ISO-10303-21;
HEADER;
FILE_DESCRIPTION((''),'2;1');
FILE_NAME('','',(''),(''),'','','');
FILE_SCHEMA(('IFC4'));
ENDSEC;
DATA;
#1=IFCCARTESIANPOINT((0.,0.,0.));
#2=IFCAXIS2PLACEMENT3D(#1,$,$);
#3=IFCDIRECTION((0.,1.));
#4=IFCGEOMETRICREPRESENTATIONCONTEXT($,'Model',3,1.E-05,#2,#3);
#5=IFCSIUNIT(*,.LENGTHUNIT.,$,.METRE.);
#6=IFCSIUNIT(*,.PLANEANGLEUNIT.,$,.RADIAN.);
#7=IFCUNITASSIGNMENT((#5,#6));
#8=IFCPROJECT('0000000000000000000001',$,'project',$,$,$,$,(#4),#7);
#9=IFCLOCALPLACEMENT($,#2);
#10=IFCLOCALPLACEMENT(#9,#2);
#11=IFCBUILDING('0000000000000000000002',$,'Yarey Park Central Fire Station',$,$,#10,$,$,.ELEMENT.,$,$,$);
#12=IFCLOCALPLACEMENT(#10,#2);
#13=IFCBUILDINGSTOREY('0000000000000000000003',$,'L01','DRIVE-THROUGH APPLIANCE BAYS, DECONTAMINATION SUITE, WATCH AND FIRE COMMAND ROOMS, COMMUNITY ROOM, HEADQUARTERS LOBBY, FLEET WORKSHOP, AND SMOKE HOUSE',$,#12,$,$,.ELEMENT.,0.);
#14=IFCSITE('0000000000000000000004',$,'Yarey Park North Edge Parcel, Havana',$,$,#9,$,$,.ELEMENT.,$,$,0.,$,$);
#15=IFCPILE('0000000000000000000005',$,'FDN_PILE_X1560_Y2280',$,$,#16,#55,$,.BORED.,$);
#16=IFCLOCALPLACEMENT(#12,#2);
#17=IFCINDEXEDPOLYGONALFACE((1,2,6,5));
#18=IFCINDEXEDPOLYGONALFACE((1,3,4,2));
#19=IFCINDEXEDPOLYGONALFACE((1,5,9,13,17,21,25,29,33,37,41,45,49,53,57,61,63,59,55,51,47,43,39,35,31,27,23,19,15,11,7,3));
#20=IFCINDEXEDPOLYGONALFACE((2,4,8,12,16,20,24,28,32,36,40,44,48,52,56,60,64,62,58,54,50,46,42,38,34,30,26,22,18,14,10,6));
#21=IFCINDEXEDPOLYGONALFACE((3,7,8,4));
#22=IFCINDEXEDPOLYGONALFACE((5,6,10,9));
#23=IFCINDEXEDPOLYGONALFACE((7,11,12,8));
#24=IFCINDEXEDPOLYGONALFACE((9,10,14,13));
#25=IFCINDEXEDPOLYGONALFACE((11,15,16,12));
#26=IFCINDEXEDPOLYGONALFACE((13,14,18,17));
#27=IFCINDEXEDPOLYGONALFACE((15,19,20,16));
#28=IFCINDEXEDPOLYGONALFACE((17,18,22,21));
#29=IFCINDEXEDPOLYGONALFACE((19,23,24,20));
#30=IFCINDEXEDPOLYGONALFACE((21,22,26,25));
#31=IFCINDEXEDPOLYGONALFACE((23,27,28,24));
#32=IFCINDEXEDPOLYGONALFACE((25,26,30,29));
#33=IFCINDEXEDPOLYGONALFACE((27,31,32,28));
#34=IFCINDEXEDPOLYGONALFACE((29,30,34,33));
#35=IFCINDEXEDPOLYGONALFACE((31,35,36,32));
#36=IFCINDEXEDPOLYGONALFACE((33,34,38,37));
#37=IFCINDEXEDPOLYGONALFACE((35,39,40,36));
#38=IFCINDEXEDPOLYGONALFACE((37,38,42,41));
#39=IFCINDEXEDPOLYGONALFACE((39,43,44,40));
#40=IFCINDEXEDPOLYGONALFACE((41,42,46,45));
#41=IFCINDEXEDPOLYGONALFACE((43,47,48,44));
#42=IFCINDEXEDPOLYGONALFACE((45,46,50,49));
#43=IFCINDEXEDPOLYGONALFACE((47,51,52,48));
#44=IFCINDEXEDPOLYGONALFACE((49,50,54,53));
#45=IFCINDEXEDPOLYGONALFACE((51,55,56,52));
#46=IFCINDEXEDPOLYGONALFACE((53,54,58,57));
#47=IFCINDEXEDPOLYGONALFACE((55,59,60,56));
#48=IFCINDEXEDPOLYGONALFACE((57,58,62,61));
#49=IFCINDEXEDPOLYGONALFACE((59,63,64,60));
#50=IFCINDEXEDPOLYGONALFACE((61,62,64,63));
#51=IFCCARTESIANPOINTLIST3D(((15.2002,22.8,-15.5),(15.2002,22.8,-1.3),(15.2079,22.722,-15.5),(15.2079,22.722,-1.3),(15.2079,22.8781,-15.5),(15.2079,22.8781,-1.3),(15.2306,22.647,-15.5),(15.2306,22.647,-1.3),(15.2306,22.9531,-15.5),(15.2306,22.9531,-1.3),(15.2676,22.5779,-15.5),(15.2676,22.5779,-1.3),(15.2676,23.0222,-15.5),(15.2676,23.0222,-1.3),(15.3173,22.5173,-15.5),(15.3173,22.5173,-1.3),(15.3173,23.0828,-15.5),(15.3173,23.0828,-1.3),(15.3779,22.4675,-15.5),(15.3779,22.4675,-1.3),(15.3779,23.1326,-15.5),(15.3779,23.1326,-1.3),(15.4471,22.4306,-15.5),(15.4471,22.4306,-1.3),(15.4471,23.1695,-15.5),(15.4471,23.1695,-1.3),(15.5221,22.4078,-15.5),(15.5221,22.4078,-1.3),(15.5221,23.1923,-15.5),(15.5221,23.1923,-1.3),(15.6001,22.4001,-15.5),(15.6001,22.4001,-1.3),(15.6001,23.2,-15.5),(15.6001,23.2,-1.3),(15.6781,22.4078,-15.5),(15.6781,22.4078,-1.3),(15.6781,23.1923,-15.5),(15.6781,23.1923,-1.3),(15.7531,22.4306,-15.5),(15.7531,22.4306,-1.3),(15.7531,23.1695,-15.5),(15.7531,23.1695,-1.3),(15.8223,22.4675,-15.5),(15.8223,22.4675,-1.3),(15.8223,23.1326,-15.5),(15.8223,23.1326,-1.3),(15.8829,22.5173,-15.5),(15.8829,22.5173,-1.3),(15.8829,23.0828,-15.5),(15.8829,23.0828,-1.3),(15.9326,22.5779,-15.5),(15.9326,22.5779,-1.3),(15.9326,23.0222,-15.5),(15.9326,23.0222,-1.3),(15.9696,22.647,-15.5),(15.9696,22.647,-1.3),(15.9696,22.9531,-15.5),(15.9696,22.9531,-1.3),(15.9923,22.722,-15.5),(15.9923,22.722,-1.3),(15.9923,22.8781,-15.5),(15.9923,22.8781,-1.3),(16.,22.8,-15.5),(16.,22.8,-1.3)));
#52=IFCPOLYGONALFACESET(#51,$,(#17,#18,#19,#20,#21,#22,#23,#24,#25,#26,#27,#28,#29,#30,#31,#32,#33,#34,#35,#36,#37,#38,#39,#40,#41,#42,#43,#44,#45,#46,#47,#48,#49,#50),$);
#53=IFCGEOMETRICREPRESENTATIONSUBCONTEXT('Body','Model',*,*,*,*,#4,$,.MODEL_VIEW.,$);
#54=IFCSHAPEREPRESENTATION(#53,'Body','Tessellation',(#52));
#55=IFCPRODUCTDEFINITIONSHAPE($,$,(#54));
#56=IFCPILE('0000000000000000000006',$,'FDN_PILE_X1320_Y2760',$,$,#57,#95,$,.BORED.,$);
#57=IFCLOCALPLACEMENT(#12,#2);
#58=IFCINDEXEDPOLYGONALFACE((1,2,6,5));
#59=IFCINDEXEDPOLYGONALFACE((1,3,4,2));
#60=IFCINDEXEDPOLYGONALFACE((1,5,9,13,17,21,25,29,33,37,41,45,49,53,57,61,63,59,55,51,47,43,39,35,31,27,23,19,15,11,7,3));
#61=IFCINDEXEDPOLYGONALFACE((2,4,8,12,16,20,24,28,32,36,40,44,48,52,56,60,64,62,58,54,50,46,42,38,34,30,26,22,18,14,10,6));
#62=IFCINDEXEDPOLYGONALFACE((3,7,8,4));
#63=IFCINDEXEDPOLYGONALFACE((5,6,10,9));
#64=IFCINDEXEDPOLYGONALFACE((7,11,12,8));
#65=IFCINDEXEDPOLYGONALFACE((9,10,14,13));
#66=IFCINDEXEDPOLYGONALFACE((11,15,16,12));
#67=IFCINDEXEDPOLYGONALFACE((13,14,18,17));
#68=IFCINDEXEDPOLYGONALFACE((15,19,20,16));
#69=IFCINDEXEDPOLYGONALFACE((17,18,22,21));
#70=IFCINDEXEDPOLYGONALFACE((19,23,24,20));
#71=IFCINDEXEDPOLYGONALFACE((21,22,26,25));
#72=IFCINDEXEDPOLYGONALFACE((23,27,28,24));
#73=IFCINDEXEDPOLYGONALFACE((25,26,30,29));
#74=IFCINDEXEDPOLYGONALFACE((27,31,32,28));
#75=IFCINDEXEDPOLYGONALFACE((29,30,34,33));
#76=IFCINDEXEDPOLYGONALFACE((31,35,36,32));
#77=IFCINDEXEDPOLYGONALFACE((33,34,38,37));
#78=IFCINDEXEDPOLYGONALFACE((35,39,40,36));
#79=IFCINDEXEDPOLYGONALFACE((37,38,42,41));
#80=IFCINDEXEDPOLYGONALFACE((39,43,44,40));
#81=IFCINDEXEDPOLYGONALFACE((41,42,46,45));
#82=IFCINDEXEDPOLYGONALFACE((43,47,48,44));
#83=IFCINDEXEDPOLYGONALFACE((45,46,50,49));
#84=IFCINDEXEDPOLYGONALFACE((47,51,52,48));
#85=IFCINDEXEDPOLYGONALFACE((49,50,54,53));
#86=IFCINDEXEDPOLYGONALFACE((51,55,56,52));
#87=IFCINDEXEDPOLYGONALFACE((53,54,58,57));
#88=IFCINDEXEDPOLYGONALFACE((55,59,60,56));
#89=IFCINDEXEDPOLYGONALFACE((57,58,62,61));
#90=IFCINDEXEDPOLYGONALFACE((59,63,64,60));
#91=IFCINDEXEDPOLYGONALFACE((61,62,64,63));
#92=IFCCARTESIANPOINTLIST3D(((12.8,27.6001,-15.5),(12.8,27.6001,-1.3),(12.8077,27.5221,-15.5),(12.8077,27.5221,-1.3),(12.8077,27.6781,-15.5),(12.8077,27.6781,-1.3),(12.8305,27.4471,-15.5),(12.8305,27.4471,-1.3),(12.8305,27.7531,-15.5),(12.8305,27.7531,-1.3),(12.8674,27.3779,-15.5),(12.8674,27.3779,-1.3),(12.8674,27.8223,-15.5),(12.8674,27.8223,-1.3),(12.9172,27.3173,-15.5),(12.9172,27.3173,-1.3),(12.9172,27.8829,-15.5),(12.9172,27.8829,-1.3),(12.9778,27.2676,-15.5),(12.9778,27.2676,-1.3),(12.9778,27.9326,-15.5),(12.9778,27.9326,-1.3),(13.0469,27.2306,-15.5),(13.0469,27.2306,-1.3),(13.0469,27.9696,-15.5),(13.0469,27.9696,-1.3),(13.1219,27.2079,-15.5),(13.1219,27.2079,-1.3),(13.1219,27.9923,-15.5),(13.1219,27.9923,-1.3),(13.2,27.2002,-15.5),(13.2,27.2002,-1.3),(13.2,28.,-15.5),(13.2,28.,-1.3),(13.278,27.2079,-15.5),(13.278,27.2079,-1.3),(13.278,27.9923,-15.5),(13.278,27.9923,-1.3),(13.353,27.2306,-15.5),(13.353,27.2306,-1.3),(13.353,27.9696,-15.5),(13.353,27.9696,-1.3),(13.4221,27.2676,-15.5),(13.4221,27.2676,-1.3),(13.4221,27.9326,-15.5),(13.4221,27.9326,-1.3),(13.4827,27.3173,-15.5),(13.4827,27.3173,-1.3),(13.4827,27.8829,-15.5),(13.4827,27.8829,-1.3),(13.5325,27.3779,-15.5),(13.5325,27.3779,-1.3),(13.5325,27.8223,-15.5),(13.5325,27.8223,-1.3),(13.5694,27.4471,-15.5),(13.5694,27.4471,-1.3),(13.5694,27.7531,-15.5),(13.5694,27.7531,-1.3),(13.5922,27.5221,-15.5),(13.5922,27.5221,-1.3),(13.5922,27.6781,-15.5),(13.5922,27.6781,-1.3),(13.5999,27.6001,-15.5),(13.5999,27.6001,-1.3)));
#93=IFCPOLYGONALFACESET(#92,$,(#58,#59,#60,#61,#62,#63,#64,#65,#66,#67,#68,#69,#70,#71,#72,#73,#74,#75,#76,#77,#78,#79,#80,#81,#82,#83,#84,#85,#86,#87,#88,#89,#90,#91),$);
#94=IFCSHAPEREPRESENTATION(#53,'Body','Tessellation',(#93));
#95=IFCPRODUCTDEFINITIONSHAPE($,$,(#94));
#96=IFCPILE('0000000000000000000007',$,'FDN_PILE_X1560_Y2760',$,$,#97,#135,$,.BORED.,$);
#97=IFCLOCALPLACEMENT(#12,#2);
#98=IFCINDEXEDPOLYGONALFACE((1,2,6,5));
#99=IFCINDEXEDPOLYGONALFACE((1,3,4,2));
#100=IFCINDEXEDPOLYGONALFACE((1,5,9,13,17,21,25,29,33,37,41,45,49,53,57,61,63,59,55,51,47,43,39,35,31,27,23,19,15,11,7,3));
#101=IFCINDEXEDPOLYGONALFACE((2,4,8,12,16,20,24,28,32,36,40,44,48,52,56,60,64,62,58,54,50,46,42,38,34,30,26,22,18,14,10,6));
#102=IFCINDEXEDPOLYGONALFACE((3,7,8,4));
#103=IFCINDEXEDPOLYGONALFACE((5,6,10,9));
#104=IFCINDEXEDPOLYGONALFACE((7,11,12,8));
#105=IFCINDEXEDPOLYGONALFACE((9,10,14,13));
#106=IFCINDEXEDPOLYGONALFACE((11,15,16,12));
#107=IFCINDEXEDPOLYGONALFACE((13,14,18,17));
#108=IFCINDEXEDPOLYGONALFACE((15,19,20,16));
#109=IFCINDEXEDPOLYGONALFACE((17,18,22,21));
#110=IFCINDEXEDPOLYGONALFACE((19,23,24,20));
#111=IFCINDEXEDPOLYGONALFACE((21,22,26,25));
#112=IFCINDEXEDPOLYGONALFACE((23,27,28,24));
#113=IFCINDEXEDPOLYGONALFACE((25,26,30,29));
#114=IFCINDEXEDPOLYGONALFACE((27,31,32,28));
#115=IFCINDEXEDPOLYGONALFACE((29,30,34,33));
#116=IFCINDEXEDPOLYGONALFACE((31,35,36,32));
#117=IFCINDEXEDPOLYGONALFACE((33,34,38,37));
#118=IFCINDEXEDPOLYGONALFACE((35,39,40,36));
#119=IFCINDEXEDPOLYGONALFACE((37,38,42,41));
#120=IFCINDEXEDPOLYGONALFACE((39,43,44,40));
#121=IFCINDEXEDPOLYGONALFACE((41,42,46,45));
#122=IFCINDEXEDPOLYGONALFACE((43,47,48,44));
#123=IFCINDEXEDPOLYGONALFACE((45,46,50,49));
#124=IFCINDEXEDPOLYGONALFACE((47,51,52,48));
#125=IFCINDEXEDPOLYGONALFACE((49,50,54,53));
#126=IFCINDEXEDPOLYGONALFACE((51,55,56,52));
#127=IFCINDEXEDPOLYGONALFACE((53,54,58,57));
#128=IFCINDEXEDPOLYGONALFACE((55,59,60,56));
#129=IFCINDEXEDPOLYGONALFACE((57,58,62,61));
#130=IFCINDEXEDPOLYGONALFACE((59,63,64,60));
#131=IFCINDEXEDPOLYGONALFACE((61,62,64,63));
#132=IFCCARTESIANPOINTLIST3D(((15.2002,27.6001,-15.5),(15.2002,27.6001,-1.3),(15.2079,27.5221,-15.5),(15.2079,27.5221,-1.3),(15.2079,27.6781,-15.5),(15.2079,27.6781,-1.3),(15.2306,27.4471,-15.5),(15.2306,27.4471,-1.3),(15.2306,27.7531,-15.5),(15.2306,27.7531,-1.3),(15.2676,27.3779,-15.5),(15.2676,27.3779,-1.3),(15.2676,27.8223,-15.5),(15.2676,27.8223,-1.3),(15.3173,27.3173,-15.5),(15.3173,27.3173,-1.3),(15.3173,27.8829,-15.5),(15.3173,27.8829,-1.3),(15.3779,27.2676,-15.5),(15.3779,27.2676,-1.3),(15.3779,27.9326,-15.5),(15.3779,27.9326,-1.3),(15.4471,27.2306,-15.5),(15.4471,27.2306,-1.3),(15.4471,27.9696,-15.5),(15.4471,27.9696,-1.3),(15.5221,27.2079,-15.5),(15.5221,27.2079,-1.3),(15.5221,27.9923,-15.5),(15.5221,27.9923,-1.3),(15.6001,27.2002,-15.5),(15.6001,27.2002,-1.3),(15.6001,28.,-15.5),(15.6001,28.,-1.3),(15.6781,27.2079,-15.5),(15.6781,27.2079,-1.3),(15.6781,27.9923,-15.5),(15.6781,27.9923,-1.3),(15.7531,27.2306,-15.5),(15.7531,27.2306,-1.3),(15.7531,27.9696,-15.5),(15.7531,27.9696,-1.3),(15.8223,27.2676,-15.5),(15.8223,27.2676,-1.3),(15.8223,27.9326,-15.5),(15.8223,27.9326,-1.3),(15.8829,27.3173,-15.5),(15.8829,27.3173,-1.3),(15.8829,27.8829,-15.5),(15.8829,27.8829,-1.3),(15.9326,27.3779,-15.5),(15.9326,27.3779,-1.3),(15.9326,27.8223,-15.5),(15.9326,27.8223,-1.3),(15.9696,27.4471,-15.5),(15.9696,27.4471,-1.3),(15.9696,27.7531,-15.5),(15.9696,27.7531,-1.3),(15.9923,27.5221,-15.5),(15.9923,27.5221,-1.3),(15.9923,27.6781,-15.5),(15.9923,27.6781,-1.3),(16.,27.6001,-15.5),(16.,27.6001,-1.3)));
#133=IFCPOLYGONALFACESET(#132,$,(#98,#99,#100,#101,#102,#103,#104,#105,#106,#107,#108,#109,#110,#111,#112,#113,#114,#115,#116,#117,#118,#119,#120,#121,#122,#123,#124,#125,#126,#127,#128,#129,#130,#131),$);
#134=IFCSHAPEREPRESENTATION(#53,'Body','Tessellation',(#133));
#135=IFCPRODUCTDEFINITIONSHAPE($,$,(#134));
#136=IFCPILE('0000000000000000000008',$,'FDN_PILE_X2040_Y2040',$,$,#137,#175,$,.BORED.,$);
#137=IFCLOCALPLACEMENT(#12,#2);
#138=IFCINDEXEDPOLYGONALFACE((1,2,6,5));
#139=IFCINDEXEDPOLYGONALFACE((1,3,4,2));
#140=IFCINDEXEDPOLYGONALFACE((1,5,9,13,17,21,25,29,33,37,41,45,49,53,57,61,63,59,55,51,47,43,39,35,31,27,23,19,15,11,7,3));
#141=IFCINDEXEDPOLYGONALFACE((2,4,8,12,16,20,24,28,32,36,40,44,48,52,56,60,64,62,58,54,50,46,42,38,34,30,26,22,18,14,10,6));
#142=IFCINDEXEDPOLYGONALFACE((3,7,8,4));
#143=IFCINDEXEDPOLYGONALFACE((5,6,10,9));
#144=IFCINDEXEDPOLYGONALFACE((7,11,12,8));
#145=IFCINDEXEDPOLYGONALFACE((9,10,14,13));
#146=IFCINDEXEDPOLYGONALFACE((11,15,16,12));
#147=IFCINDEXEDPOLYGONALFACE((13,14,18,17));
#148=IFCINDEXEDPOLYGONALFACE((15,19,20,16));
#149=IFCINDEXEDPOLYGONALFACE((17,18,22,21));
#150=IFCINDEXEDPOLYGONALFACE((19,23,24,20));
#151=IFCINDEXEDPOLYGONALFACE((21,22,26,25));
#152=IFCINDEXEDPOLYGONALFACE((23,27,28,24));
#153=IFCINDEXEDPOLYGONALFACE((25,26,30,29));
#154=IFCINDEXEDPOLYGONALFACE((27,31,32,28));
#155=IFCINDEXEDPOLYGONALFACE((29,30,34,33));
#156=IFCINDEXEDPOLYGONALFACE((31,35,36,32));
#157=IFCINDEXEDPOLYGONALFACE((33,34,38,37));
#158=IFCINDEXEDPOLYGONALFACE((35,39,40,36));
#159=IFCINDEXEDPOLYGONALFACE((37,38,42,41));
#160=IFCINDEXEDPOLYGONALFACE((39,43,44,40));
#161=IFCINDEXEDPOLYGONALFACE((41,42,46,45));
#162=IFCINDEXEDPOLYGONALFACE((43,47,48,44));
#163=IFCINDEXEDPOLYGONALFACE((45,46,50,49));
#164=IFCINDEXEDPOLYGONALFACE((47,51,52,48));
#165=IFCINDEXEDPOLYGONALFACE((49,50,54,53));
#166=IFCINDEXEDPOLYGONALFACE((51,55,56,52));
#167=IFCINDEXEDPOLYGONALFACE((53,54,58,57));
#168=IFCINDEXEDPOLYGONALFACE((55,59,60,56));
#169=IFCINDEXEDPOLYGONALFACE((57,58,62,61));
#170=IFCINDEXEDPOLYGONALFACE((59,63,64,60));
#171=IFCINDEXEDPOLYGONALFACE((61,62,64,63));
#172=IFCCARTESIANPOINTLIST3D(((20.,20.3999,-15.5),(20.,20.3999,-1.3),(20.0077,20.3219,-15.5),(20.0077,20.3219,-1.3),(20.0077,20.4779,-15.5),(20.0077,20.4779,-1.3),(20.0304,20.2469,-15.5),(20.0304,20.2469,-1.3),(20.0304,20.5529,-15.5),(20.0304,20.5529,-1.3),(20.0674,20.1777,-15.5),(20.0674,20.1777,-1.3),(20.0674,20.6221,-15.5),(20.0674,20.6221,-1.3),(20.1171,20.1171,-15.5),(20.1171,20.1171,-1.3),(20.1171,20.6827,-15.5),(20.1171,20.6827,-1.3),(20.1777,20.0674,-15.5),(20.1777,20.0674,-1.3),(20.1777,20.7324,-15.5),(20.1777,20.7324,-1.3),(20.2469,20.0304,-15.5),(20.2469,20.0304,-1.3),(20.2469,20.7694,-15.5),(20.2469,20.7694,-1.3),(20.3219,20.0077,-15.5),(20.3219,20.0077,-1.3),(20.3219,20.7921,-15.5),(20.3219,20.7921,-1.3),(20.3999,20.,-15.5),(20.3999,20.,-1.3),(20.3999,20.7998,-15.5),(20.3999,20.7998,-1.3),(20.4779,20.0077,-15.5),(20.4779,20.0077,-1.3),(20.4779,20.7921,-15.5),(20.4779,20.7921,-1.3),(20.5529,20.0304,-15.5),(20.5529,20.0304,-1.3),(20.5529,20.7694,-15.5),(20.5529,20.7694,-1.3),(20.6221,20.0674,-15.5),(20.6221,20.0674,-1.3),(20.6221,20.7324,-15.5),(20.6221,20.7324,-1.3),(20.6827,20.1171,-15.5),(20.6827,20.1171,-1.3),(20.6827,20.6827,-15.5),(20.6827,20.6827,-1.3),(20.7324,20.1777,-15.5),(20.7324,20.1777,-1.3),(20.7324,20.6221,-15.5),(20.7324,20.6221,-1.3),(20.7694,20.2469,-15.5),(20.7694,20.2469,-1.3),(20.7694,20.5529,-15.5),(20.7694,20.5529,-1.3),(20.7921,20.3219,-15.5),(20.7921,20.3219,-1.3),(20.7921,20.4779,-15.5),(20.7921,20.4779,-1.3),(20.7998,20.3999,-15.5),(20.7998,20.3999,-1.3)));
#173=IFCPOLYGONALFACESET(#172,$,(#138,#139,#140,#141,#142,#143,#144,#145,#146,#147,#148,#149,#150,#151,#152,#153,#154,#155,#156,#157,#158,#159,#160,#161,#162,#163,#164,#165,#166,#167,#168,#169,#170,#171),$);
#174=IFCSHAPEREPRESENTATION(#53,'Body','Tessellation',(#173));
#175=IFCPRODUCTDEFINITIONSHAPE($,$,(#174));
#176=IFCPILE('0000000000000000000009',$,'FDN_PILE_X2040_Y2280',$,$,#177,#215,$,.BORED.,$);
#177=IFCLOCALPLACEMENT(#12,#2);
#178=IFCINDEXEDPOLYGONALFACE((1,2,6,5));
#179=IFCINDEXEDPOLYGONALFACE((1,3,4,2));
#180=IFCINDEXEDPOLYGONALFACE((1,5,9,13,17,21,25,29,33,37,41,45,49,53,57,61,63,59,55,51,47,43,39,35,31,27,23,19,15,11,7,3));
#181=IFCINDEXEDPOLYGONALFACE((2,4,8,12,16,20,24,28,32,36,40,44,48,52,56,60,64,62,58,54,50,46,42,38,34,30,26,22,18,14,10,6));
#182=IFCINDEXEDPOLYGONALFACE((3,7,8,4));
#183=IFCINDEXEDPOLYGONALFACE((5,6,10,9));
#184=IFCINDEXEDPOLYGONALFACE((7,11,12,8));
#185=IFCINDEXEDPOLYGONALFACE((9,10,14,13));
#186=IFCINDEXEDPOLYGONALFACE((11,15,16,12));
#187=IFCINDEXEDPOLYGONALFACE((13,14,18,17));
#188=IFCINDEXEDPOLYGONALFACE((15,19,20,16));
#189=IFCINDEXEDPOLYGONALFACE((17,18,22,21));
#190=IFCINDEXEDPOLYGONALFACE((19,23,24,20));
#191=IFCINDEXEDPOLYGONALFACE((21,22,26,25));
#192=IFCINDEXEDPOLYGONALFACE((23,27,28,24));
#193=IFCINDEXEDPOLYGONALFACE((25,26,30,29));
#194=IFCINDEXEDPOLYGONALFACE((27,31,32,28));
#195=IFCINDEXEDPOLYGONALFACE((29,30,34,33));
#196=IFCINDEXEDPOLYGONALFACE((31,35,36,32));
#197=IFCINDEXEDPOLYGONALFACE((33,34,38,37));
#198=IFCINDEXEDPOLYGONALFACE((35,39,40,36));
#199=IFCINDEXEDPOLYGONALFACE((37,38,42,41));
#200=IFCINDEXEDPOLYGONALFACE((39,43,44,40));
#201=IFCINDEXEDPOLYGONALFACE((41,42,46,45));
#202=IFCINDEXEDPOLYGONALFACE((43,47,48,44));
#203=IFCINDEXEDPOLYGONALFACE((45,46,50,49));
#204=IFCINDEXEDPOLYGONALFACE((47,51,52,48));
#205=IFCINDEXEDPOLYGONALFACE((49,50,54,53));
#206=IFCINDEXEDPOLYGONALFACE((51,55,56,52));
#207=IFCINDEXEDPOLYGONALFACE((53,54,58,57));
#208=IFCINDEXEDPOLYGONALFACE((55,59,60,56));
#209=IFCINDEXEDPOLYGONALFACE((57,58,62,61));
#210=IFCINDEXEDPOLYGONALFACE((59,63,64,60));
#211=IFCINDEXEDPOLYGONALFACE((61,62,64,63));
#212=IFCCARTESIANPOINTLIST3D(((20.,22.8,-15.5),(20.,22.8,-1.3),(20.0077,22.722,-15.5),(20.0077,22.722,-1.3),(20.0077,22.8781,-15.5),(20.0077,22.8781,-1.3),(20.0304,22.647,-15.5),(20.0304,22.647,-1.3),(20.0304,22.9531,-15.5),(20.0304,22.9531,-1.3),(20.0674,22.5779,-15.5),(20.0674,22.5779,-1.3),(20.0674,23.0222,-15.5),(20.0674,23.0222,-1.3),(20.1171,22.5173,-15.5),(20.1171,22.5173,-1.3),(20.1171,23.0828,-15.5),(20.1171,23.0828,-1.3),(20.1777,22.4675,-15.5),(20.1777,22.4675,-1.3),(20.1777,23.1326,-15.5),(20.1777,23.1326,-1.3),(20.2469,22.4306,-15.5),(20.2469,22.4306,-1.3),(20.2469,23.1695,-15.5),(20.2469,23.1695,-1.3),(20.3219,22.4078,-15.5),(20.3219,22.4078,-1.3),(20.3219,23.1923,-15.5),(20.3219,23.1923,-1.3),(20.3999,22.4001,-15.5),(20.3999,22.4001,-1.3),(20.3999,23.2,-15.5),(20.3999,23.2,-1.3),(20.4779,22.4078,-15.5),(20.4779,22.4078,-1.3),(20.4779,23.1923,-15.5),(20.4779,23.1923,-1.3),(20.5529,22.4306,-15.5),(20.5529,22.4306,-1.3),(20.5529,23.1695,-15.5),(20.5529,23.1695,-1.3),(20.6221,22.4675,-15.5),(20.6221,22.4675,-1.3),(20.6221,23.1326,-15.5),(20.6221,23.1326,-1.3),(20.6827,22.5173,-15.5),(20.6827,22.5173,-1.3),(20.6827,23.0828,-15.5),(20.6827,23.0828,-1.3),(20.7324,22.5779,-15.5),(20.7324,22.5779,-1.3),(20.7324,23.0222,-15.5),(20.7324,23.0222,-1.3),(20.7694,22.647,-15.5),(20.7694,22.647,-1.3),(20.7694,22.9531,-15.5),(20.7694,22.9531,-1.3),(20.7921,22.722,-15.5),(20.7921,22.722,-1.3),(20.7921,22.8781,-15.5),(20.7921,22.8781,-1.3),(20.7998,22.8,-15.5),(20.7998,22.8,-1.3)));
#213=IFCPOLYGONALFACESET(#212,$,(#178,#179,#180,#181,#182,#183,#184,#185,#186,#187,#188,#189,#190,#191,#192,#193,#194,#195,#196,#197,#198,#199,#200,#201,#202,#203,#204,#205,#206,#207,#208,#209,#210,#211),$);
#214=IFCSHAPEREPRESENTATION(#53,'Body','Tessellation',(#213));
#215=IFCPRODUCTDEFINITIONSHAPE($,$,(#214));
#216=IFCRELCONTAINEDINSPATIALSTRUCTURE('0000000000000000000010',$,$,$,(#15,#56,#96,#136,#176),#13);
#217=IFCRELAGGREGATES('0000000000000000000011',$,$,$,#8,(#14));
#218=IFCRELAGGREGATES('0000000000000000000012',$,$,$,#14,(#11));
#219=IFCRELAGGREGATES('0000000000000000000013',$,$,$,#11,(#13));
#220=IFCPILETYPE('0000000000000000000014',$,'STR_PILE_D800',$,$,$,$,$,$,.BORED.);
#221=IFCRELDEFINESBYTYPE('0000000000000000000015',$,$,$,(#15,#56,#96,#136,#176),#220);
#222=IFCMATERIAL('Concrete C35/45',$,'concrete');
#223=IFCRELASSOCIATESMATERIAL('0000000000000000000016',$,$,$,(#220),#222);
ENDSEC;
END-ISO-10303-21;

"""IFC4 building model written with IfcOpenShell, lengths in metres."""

from ifc_helpers import new_model, si_unit, direction, frame, origin, origin_2d, place, context, subcontext, project, spatial, circle, extrude, material, material_profile, profile_set, type_object, element, save


model = new_model("IFC4")

# Units and contexts
model_context = context("Model", 3, precision=1e-05, world=origin(), true_north=direction((0.0, 1.0)))
body_context = subcontext(model_context, "Body", "Model", "MODEL_VIEW")
ifc_project = project(units=[si_unit("LENGTHUNIT", "METRE"), si_unit("PLANEANGLEUNIT", "RADIAN")], contexts=[model_context])

# Site, building, storey
site_placement = place(None, origin())
site = spatial("IfcSite", under=ifc_project, at=site_placement, Name="Yarey Park North Edge Parcel, Havana", CompositionType="ELEMENT", RefElevation=0.0)
building_placement = place(site_placement, origin())
building = spatial("IfcBuilding", under=site, at=building_placement, Name="Yarey Park Central Fire Station", CompositionType="ELEMENT")
storey_placement = place(building_placement, origin())
storey = spatial("IfcBuildingStorey", under=building, at=storey_placement, Name="L01", Description="DRIVE-THROUGH APPLIANCE BAYS, DECONTAMINATION SUITE, WATCH AND FIRE COMMAND ROOMS, COMMUNITY ROOM, HEADQUARTERS LOBBY, FLEET WORKSHOP, AND SMOKE HOUSE", CompositionType="ELEMENT", Elevation=0.0)

# Shared definitions
ifc_material_1 = material(Name="Concrete C35/45", Category="concrete")

# Piles
ifc_material_profile_1 = material_profile(ifc_material_1, circle(Radius=0.3999, at=origin_2d()), Name="BORED PILE D800")
ifc_profile_set_1 = profile_set([ifc_material_profile_1], Name="Concrete C35/45")
pile_type = type_object("IfcPileType", Name="STR_PILE_D800", PredefinedType="BORED", material=ifc_profile_set_1)
for number, where, z_axis, x_axis, name in (
    (1, (15.6001, 22.8, -1.3), (0.0, 0.0, -1.0), (1.0, 0.0, 0.0), "FDN_PILE_X1560_Y2280"),
    (2, (13.2, 27.6001, -1.3), (0.0, 0.0, -1.0), (1.0, 0.0, 0.0), "FDN_PILE_X1320_Y2760"),
    (3, (15.6001, 27.6001, -1.3), (0.0, 0.0, -1.0), (1.0, 0.0, 0.0), "FDN_PILE_X1560_Y2760"),
    (4, (20.3999, 20.3999, -1.3), (0.0, 0.0, -1.0), (1.0, 0.0, 0.0), "FDN_PILE_X2040_Y2040"),
    (5, (20.3999, 22.8, -1.3), (0.0, 0.0, -1.0), (1.0, 0.0, 0.0), "FDN_PILE_X2040_Y2280"),
):
    element("IfcPile", number, at=place(storey_placement, frame(where, z_axis=z_axis, x_axis=x_axis)), inside=storey, type_object=pile_type, Name=name, PredefinedType="BORED", context=body_context, shape_type="SweptSolid", body=[
        extrude(circle(Radius=0.3999, at=origin_2d()), origin(), (0.0, 0.0, 1.0), 14.2),
    ])

save(model, "model.ifc")
